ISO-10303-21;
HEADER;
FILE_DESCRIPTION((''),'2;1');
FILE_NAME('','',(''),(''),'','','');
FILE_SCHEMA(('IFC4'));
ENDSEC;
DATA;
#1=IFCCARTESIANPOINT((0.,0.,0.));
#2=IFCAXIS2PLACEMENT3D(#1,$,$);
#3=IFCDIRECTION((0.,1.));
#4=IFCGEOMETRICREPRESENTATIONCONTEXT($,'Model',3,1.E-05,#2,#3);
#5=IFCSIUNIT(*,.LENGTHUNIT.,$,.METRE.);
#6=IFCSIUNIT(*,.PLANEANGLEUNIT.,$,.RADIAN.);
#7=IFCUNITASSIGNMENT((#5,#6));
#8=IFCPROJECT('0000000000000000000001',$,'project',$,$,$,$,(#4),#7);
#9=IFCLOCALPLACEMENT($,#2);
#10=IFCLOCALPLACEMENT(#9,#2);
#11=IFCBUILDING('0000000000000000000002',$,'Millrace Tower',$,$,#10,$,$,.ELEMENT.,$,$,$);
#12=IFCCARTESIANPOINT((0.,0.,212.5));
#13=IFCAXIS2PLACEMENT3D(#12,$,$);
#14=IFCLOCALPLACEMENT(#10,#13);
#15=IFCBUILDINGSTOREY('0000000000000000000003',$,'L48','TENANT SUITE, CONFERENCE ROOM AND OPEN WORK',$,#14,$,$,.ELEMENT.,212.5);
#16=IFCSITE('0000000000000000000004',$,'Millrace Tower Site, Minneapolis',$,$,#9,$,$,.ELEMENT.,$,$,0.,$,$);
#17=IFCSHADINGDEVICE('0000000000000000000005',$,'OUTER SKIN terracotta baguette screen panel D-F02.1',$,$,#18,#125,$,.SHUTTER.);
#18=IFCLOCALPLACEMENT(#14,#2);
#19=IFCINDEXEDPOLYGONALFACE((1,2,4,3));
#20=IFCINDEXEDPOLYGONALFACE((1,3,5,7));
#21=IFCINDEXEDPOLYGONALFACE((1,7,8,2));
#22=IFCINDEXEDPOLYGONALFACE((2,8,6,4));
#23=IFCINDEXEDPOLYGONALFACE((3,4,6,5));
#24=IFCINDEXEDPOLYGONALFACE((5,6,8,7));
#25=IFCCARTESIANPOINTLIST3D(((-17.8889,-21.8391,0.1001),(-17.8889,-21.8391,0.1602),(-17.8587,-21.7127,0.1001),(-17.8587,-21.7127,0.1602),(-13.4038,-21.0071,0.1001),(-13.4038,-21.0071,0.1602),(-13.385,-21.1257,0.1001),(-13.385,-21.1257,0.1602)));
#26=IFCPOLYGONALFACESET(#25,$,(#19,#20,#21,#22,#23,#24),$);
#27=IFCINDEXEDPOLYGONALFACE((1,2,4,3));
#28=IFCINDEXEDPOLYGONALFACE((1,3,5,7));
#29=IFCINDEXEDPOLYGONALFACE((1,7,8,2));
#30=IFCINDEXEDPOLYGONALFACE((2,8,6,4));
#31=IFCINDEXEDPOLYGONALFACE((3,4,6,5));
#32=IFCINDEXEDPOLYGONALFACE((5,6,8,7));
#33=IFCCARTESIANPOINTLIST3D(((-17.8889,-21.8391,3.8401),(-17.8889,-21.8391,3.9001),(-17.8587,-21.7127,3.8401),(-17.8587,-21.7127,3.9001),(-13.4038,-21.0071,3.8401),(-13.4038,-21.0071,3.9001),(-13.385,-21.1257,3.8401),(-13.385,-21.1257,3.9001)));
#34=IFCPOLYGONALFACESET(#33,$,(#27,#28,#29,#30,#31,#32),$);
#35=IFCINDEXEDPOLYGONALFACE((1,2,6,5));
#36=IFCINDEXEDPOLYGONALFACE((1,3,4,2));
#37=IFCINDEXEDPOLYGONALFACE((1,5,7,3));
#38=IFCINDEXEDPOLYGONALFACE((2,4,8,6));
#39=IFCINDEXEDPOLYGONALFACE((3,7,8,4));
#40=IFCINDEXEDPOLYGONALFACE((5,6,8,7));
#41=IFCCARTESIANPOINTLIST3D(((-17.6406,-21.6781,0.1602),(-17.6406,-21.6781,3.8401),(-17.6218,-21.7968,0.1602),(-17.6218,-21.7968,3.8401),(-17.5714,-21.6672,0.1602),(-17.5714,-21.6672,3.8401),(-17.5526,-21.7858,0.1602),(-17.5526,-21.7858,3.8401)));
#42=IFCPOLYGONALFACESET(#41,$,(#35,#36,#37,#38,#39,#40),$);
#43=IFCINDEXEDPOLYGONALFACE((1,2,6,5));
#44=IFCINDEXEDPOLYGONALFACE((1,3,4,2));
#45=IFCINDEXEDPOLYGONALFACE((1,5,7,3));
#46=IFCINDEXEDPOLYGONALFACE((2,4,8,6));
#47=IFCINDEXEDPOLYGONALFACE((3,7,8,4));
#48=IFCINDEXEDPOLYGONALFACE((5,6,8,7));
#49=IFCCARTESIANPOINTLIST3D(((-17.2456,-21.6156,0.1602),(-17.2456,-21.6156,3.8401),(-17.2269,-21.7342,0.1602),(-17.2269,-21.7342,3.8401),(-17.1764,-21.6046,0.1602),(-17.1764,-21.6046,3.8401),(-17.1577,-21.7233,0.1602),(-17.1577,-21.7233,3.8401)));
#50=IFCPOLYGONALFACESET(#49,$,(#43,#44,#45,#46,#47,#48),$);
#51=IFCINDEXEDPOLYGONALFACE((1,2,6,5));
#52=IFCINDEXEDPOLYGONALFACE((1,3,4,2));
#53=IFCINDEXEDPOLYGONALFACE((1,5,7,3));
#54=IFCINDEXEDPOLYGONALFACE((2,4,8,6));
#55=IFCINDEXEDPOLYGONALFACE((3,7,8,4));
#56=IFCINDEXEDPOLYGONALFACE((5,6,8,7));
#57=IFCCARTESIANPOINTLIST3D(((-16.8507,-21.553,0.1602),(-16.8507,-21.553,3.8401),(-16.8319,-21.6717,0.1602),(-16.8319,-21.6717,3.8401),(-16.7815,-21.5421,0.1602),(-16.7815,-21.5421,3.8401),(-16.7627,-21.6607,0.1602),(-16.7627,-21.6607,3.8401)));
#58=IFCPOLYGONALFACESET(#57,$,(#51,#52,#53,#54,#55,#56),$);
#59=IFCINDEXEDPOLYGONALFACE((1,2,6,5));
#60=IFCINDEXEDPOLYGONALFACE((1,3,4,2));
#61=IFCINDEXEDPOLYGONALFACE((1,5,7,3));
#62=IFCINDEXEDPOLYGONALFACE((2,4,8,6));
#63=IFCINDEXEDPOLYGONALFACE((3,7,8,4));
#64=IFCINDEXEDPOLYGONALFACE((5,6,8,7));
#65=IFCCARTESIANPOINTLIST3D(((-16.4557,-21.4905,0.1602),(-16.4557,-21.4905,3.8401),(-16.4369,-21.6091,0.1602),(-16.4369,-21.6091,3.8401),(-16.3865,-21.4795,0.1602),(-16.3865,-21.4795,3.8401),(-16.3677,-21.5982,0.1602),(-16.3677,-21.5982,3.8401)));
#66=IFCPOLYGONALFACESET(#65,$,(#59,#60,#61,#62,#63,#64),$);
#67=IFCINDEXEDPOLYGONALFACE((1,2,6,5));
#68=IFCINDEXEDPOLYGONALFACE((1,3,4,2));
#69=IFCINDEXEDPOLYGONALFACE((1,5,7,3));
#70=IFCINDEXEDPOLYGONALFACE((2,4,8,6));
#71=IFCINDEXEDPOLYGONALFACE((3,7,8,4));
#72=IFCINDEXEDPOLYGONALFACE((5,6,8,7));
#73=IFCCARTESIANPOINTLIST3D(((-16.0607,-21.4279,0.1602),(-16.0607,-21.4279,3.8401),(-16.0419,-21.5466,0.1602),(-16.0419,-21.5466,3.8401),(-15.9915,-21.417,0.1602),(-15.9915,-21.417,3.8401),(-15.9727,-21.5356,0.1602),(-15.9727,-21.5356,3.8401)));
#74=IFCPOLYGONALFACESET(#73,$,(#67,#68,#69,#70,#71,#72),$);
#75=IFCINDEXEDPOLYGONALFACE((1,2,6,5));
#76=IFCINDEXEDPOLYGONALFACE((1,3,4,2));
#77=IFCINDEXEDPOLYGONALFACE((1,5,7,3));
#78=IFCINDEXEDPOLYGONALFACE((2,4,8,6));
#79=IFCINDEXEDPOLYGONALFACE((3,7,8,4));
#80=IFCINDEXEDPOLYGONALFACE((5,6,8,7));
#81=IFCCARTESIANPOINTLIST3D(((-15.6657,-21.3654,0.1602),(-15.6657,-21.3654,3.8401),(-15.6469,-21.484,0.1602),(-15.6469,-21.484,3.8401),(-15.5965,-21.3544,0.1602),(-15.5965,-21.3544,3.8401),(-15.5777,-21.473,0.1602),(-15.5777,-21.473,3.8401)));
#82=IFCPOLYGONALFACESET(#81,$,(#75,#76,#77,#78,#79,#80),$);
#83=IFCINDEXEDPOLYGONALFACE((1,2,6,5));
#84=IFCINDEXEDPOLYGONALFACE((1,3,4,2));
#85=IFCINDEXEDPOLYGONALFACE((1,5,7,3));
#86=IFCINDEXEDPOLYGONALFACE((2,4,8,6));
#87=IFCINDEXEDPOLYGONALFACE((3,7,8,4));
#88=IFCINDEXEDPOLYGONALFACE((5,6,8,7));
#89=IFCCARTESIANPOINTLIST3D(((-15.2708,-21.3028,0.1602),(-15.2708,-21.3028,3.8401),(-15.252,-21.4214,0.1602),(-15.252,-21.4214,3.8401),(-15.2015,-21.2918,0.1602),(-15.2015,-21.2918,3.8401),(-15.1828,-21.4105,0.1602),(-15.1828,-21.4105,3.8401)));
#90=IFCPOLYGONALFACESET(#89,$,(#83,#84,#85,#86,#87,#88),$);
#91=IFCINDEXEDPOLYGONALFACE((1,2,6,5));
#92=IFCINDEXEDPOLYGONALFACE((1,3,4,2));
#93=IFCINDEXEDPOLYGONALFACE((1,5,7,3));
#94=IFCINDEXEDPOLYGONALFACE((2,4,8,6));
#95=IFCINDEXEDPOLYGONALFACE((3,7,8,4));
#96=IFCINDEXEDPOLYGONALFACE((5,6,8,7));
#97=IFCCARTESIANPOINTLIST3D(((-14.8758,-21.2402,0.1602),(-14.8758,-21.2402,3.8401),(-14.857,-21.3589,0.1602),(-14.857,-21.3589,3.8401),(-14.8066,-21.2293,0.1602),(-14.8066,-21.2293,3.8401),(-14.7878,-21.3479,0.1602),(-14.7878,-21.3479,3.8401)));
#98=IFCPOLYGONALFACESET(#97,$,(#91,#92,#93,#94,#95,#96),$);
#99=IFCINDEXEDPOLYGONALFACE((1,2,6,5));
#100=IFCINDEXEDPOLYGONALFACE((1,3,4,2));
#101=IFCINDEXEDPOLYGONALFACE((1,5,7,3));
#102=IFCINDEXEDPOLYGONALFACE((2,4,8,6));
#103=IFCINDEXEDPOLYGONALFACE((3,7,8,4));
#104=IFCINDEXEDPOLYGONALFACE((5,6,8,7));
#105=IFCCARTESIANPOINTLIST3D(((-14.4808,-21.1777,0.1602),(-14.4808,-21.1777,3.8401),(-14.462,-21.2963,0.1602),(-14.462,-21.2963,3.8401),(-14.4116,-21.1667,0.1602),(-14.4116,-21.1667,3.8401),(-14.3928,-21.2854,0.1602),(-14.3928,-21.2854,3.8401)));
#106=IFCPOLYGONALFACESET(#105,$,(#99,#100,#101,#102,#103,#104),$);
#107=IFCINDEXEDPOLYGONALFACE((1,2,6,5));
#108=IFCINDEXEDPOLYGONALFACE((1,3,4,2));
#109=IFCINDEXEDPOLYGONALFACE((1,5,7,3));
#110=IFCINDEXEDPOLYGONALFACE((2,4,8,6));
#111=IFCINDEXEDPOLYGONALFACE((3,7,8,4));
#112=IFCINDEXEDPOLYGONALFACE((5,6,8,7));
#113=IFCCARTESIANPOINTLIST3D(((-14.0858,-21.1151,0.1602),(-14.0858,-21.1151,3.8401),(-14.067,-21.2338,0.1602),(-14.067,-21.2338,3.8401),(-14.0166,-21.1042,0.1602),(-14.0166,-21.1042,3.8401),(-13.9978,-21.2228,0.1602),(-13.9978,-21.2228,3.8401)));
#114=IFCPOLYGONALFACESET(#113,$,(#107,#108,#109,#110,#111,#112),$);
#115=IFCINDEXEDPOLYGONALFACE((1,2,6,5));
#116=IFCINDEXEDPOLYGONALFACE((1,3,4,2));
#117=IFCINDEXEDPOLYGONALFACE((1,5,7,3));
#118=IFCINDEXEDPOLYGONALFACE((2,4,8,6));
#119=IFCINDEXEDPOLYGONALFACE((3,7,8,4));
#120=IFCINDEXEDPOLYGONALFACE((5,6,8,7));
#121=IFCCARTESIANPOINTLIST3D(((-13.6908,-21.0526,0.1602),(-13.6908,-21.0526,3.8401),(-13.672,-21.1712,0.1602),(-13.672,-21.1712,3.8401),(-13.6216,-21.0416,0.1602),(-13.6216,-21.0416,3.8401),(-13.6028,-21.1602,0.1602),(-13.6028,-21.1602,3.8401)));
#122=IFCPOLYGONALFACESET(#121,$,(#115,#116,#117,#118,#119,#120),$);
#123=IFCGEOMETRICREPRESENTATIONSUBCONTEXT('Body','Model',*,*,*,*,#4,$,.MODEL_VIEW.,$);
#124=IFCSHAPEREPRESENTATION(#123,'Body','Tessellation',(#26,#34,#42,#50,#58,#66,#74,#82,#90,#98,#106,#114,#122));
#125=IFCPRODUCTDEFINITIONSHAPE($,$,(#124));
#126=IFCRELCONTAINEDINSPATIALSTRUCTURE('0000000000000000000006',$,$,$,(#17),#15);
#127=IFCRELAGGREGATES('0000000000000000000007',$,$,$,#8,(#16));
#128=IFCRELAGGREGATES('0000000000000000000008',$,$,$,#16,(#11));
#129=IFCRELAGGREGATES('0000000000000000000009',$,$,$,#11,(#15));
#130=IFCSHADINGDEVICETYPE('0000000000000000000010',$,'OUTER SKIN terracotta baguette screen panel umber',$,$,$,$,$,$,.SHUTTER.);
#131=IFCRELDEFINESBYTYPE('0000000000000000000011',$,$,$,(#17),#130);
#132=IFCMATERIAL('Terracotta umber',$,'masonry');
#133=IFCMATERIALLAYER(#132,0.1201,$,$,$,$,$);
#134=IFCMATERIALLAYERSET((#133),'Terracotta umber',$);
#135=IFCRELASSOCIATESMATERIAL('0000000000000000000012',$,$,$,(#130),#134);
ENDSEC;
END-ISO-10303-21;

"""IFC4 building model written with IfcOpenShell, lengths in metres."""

from ifc_helpers import new_model, entity, si_unit, direction, frame, frame_2d, origin, place, context, subcontext, project, spatial, rectangle, extrude, source, transform, mapped, material, layer, layer_set, type_object, element, save


model = new_model("IFC4")

# Units and contexts
model_context = context("Model", 3, precision=1e-05, world=origin(), true_north=direction((0.0, 1.0)))
body_context = subcontext(model_context, "Body", "Model", "MODEL_VIEW")
ifc_project = project(units=[si_unit("LENGTHUNIT", "METRE"), si_unit("PLANEANGLEUNIT", "RADIAN")], contexts=[model_context])

# Site, building, storey
site_placement = place(None, origin())
site = spatial("IfcSite", under=ifc_project, at=site_placement, Name="Millrace Tower Site, Minneapolis", CompositionType="ELEMENT", RefElevation=0.0)
building_placement = place(site_placement, origin())
building = spatial("IfcBuilding", under=site, at=building_placement, Name="Millrace Tower", CompositionType="ELEMENT")
storey_placement = place(building_placement, frame((0.0, 0.0, 212.5)))
storey = spatial("IfcBuildingStorey", under=building, at=storey_placement, Name="L48", Description="TENANT SUITE, CONFERENCE ROOM AND OPEN WORK", CompositionType="ELEMENT", Elevation=212.5)

# Shading device
ifc_material_1 = material(Name="Terracotta umber", Category="masonry")
ifc_layer_1 = layer(ifc_material_1, 0.1201)
ifc_layer_set_1 = layer_set([ifc_layer_1], Name="Terracotta umber")
shading_device_type = type_object("IfcShadingDeviceType", Name="OUTER SKIN terracotta baguette screen panel umber", PredefinedType="SHUTTER", material=ifc_layer_set_1)
cartesian_point_1 = entity("IfcCartesianPoint", [-2.2429, 0.0601])
shared_polyline_1 = entity("IfcPolyline", [cartesian_point_1, entity("IfcCartesianPoint", [2.2676, 0.0601]), entity("IfcCartesianPoint", [2.2676, -0.0601]), entity("IfcCartesianPoint", [-2.2925, -0.0601]), cartesian_point_1])
shared_shape_1 = source(origin(), body_context, "Body", "SweptSolid", [
    entity("IfcExtrudedAreaSolid", entity("IfcArbitraryClosedProfileDef", "AREA", None, shared_polyline_1), entity("IfcAxis2Placement3D", entity("IfcCartesianPoint", [0.0, 0.0, 0.0])), entity("IfcDirection", [0.0, 0.0, 1.0]), 0.0601),
    entity("IfcExtrudedAreaSolid", entity("IfcArbitraryClosedProfileDef", "AREA", None, shared_polyline_1), entity("IfcAxis2Placement3D", entity("IfcCartesianPoint", [0.0, 0.0, 3.74])), entity("IfcDirection", [0.0, 0.0, 1.0]), 0.0601),
    extrude(rectangle(XDim=0.0701, YDim=0.1201, at=frame_2d((-1.9871, 0.0))), frame((0.0, 0.0, 0.0601)), (0.0, 0.0, 1.0), 3.6799),
    extrude(rectangle(XDim=0.0701, YDim=0.1201, at=frame_2d((-1.5872, 0.0))), frame((0.0, 0.0, 0.0601)), (0.0, 0.0, 1.0), 3.6799),
    extrude(rectangle(XDim=0.0701, YDim=0.1201, at=frame_2d((-1.1873, 0.0))), frame((0.0, 0.0, 0.0601)), (0.0, 0.0, 1.0), 3.6799),
    extrude(rectangle(XDim=0.0701, YDim=0.1201, at=frame_2d((-0.7874, 0.0))), frame((0.0, 0.0, 0.0601)), (0.0, 0.0, 1.0), 3.6799),
    extrude(rectangle(XDim=0.0701, YDim=0.1201, at=frame_2d((-0.3875, 0.0))), frame((0.0, 0.0, 0.0601)), (0.0, 0.0, 1.0), 3.6799),
    extrude(rectangle(XDim=0.0701, YDim=0.1201, at=frame_2d((0.0125, 0.0))), frame((0.0, 0.0, 0.0601)), (0.0, 0.0, 1.0), 3.6799),
    extrude(rectangle(XDim=0.0701, YDim=0.1201, at=frame_2d((0.4124, 0.0))), frame((0.0, 0.0, 0.0601)), (0.0, 0.0, 1.0), 3.6799),
    extrude(rectangle(XDim=0.0701, YDim=0.1201, at=frame_2d((0.8123, 0.0))), frame((0.0, 0.0, 0.0601)), (0.0, 0.0, 1.0), 3.6799),
    extrude(rectangle(XDim=0.0701, YDim=0.1201, at=frame_2d((1.2122, 0.0))), frame((0.0, 0.0, 0.0601)), (0.0, 0.0, 1.0), 3.6799),
    extrude(rectangle(XDim=0.0701, YDim=0.1201, at=frame_2d((1.6121, 0.0))), frame((0.0, 0.0, 0.0601)), (0.0, 0.0, 1.0), 3.6799),
    extrude(rectangle(XDim=0.0701, YDim=0.1201, at=frame_2d((2.012, 0.0))), frame((0.0, 0.0, 0.0601)), (0.0, 0.0, 1.0), 3.6799),
])
shading_device_1_placement = place(storey_placement, frame((-15.634, -21.4211, 0.1001), z_axis=(0.0, 0.0, 1.0), x_axis=(0.987688, 0.156434, 0.0)))
element("IfcShadingDevice", 1, at=shading_device_1_placement, inside=storey, type_object=shading_device_type, Name="OUTER SKIN terracotta baguette screen panel D-F02.1", PredefinedType="SHUTTER", context=body_context, shape_type="MappedRepresentation", body=[
    mapped(shared_shape_1, transform((0.0, 0.0, 0.0), scale=1.0)),
])

save(model, "model.ifc")
